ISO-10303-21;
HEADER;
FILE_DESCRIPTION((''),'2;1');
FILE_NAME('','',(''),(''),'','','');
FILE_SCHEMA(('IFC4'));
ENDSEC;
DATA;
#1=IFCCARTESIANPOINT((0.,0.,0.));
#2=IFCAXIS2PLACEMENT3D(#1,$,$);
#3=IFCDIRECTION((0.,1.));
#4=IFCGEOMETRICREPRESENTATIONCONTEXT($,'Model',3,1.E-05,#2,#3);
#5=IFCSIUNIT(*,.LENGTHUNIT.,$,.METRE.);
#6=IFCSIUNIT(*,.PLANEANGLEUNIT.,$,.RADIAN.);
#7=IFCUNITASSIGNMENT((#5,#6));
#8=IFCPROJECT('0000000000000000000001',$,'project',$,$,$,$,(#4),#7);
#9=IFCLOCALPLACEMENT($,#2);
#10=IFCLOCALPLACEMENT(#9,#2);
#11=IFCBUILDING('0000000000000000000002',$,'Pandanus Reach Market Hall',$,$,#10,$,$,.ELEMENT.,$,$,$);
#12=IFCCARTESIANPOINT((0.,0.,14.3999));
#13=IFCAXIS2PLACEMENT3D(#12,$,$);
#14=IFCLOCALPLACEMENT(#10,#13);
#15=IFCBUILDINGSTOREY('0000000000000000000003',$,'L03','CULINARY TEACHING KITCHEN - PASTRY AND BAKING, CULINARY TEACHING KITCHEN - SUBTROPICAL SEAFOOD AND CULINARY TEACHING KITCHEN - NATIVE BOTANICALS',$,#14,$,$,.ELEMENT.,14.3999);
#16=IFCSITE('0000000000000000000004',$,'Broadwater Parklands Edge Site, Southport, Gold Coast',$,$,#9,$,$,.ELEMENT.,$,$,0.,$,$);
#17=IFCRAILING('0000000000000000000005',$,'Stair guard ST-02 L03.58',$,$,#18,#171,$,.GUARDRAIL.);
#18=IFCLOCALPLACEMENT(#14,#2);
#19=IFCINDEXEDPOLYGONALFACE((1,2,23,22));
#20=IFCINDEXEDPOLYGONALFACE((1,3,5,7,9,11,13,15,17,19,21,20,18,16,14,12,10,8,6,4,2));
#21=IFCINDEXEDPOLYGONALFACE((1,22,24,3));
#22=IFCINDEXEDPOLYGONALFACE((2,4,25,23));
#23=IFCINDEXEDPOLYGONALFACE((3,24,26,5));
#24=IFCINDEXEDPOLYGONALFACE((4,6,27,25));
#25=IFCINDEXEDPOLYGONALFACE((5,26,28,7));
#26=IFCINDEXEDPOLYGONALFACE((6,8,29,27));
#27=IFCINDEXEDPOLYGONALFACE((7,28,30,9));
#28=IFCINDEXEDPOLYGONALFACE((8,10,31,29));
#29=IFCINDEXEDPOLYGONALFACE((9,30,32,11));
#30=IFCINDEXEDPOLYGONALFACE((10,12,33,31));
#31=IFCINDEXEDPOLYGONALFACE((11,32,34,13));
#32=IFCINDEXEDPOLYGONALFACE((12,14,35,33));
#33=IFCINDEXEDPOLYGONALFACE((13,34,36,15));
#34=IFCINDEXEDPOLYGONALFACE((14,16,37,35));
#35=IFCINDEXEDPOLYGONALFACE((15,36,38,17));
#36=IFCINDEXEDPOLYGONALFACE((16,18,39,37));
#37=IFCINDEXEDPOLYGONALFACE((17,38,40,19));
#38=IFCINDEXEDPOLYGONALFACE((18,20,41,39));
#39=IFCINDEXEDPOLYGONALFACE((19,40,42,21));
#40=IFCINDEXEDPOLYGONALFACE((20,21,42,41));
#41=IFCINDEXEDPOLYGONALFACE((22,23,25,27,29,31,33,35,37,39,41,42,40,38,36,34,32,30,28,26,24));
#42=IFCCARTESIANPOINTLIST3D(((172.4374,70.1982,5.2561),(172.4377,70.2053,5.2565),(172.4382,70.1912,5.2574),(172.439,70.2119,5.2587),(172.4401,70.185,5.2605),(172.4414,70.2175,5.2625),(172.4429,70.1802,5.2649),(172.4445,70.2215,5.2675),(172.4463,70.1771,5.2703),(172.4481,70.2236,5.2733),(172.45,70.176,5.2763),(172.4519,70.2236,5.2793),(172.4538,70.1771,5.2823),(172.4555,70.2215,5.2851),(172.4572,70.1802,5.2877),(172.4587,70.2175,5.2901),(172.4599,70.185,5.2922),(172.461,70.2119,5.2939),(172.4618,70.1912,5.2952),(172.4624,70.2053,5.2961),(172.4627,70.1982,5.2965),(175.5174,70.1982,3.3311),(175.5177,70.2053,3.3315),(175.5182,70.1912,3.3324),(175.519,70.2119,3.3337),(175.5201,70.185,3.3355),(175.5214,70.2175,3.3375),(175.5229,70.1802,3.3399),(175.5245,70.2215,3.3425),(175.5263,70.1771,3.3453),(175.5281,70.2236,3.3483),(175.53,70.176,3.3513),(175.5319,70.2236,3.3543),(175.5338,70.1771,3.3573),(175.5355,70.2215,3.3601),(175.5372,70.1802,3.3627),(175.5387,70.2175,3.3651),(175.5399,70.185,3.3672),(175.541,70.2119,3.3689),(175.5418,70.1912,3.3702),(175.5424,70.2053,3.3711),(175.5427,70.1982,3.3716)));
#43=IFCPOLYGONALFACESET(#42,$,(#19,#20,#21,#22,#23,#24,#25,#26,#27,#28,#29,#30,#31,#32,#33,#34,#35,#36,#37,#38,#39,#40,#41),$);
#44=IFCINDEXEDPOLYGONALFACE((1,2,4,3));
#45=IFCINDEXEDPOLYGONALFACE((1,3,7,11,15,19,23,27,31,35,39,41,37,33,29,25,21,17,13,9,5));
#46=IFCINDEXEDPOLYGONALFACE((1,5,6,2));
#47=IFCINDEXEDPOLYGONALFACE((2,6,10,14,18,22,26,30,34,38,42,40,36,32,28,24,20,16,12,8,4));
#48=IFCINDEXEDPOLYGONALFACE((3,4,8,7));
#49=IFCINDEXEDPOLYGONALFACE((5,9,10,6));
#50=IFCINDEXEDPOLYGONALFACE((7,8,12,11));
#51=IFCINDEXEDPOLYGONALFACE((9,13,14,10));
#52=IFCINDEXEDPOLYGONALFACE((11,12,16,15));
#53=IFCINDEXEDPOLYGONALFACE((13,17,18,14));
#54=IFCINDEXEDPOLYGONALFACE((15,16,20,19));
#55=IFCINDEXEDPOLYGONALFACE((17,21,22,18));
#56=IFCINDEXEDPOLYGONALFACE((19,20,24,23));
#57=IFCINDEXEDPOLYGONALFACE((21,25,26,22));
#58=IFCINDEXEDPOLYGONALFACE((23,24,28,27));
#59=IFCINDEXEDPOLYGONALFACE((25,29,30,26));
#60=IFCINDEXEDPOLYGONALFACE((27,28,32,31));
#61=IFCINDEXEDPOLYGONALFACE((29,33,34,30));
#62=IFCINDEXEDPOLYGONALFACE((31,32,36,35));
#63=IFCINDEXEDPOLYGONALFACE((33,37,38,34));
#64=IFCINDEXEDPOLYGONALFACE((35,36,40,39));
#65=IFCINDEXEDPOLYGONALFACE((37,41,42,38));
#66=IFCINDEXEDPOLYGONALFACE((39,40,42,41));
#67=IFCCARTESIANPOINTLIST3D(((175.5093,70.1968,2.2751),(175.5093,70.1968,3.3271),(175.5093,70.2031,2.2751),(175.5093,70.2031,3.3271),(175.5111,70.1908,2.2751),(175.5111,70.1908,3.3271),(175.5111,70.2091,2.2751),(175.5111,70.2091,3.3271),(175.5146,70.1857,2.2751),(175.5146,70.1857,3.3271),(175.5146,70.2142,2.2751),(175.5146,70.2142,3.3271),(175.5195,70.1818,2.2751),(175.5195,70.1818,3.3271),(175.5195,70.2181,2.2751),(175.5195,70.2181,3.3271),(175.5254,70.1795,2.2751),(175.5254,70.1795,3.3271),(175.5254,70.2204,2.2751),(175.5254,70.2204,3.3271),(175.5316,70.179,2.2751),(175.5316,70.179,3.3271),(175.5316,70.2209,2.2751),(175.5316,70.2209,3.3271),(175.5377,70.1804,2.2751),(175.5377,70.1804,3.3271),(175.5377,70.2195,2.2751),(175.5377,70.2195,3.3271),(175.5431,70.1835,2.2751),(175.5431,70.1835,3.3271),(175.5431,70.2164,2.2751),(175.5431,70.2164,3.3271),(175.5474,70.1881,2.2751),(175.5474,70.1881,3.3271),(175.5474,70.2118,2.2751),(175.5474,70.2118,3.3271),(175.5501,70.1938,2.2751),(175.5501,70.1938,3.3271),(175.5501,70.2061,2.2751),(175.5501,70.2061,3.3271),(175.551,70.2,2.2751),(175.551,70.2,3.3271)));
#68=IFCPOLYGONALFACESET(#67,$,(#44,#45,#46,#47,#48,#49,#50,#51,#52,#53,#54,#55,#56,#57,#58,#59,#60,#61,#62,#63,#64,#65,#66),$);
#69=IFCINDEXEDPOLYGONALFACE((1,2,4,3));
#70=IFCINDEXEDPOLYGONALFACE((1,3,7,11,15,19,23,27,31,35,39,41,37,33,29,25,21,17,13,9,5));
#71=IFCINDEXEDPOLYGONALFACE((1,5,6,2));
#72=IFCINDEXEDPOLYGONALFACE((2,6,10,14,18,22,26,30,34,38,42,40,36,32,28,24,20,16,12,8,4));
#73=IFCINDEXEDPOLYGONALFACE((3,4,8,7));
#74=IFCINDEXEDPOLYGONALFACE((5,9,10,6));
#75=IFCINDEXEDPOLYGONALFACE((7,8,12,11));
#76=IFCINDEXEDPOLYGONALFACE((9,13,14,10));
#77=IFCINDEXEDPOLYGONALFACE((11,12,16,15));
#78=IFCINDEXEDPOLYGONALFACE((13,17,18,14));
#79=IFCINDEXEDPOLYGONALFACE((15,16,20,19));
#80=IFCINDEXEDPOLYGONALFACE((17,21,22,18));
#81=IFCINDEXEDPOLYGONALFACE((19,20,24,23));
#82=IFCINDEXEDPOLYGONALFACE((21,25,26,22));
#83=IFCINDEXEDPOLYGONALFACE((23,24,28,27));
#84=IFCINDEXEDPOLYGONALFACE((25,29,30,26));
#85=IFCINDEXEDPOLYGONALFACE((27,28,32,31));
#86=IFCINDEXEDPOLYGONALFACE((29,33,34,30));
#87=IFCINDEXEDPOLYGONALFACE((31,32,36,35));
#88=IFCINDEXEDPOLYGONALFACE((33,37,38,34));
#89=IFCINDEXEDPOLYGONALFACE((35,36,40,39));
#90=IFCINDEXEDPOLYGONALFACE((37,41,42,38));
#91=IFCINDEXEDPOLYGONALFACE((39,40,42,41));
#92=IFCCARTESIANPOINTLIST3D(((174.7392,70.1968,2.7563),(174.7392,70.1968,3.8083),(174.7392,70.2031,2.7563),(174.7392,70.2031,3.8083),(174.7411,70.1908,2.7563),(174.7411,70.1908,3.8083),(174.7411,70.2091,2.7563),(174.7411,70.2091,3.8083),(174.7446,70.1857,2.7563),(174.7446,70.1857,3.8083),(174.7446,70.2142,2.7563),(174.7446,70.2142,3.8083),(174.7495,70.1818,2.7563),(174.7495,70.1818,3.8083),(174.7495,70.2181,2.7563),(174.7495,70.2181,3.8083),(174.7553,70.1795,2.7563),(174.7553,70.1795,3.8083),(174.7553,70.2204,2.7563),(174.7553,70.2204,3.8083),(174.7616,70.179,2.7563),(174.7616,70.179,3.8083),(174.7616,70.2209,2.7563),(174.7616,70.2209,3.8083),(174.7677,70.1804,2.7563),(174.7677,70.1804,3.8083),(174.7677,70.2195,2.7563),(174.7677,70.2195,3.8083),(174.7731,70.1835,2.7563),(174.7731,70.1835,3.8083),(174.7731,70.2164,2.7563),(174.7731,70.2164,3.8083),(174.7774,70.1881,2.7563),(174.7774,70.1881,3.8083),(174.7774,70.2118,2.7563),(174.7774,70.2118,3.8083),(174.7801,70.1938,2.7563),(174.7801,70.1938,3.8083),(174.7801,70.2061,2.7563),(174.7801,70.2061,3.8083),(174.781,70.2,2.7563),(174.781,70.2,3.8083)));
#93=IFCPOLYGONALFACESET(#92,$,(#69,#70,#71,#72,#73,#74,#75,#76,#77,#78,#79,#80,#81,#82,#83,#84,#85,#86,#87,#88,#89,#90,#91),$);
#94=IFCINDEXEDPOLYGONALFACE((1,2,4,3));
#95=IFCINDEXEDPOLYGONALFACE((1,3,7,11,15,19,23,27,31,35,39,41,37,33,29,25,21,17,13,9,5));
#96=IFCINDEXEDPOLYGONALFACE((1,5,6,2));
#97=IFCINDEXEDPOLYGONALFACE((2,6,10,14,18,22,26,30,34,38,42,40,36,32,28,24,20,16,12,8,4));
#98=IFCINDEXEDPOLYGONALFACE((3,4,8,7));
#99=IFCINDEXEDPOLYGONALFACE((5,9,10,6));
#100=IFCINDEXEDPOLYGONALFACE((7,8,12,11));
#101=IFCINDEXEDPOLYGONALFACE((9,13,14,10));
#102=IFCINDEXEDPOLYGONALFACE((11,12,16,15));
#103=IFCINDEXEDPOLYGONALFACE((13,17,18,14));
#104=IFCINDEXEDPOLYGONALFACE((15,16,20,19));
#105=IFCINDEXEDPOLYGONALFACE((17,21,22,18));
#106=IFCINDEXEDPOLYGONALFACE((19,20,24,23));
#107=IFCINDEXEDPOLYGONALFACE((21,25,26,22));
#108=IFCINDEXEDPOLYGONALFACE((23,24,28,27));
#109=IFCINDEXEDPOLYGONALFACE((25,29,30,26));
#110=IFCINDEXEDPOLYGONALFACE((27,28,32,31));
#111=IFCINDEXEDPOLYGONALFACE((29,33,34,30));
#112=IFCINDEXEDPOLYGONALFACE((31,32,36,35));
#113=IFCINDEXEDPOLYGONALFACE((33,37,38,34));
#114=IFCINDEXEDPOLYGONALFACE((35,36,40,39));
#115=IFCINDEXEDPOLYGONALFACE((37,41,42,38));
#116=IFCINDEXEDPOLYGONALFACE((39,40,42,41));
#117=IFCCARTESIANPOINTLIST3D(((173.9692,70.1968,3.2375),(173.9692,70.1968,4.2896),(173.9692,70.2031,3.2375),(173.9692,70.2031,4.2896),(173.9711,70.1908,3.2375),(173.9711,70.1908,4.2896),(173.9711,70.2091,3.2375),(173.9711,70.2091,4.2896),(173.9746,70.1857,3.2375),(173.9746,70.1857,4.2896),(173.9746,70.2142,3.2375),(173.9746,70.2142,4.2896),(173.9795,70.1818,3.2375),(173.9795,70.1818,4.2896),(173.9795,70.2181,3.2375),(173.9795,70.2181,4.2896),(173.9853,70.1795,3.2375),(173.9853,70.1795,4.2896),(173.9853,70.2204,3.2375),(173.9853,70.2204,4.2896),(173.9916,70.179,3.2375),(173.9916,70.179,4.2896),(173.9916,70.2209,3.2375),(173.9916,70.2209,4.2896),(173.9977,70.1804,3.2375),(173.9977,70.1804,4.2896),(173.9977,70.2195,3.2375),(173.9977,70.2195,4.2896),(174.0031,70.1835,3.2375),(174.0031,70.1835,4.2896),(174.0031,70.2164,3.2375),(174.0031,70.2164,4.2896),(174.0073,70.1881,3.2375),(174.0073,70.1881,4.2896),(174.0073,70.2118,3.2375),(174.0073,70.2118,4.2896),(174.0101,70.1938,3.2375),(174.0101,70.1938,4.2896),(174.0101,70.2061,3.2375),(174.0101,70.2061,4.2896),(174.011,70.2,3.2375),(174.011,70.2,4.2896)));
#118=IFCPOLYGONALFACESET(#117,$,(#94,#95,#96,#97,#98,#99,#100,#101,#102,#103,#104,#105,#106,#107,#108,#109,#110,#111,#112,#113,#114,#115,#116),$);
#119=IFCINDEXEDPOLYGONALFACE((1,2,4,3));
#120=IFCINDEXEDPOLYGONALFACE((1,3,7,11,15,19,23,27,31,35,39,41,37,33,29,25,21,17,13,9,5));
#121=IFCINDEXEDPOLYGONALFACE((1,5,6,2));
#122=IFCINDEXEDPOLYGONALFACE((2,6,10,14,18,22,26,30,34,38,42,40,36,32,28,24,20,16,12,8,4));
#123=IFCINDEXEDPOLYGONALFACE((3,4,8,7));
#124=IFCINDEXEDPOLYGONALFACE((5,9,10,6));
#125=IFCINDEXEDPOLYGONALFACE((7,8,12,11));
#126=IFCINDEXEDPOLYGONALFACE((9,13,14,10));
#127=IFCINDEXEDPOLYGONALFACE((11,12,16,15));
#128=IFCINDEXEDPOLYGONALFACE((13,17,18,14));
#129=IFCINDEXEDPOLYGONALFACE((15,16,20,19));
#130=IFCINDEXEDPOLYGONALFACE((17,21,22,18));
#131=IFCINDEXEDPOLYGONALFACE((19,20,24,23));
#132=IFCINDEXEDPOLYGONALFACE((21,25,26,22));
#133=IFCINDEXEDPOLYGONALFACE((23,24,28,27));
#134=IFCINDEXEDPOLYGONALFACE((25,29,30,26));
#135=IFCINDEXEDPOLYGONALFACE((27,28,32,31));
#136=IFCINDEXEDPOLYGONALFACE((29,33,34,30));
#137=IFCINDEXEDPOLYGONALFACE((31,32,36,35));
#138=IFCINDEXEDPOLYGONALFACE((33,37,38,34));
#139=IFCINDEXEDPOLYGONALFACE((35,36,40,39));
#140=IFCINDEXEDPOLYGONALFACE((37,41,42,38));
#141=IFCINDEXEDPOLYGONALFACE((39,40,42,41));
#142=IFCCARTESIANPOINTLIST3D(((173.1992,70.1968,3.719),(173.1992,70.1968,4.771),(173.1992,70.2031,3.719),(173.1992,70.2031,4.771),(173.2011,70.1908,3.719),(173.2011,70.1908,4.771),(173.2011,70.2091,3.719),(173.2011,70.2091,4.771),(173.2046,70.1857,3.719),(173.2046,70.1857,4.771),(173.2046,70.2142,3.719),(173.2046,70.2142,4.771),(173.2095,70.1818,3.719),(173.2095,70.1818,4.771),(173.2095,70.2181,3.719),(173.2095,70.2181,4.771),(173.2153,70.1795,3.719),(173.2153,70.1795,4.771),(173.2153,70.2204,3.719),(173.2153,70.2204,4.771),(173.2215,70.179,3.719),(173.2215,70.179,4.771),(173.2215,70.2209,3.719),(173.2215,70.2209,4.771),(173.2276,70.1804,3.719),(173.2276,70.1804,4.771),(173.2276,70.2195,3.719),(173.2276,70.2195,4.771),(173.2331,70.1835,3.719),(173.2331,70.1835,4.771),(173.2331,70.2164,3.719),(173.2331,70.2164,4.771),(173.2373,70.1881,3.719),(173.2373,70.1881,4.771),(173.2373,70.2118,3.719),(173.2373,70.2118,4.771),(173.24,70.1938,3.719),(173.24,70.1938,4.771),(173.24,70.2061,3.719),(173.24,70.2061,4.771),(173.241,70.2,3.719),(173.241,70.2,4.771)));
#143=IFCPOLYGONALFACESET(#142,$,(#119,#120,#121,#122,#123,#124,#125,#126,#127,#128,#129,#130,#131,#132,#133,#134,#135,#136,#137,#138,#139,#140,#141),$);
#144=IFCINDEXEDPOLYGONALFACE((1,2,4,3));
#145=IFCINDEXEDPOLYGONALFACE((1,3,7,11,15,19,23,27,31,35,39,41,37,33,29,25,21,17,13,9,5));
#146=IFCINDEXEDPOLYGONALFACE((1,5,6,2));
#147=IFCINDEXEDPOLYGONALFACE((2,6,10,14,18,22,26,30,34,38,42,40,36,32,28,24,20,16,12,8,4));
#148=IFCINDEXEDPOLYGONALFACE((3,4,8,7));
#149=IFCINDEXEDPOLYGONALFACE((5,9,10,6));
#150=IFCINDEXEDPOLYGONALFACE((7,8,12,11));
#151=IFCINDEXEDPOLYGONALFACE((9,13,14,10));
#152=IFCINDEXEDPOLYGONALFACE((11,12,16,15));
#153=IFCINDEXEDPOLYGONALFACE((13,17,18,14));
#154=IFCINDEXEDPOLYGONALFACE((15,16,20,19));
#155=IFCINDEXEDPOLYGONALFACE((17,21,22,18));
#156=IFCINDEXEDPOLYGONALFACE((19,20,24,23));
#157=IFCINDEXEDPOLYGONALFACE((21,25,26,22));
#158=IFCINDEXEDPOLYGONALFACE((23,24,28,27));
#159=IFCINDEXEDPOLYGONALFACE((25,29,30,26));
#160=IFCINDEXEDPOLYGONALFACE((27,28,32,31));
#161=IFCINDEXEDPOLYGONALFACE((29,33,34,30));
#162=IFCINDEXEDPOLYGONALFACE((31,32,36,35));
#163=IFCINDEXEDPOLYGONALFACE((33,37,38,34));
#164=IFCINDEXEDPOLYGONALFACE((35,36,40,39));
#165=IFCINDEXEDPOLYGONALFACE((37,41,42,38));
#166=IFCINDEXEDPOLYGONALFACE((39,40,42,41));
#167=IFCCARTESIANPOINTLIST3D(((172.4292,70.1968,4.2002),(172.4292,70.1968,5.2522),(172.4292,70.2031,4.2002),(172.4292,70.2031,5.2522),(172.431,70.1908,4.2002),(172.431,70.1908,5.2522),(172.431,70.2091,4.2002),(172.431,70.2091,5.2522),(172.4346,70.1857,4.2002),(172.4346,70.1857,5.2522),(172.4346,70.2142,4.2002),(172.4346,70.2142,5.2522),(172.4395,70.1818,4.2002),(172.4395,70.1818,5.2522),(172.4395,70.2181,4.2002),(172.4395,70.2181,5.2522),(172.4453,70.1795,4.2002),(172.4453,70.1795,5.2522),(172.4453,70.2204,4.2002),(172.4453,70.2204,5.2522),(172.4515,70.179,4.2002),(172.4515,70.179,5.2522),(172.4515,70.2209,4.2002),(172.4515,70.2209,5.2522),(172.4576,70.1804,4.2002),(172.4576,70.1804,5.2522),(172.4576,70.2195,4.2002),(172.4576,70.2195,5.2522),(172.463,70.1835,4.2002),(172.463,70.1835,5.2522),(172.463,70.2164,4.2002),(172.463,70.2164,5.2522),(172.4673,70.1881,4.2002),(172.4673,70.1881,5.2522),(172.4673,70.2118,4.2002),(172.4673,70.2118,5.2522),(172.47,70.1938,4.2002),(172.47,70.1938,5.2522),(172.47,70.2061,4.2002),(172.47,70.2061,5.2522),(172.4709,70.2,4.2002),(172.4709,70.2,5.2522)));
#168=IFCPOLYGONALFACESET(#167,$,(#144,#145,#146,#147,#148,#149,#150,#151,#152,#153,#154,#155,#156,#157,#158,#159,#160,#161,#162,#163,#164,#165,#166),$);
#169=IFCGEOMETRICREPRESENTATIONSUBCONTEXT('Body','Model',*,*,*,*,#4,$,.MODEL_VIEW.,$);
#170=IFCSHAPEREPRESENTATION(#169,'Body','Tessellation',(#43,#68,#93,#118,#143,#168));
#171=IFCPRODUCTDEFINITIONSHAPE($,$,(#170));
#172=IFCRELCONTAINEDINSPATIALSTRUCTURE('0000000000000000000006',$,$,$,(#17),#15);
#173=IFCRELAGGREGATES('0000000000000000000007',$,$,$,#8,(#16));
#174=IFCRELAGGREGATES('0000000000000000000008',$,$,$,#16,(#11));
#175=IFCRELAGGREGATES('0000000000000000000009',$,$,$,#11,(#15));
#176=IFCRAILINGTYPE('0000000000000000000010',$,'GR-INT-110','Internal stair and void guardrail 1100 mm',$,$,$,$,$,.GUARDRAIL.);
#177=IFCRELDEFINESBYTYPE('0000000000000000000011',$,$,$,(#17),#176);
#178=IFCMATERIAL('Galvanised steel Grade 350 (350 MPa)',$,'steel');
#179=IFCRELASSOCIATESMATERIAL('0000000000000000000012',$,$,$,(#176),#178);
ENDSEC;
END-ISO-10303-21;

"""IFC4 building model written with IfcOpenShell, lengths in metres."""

from ifc_helpers import new_model, si_unit, direction, frame, origin, origin_2d, place, context, subcontext, project, spatial, circle, extrude, material, type_object, element, save


model = new_model("IFC4")

# Units and contexts
model_context = context("Model", 3, precision=1e-05, world=origin(), true_north=direction((0.0, 1.0)))
body_context = subcontext(model_context, "Body", "Model", "MODEL_VIEW")
ifc_project = project(units=[si_unit("LENGTHUNIT", "METRE"), si_unit("PLANEANGLEUNIT", "RADIAN")], contexts=[model_context])

# Site, building, storey
site_placement = place(None, origin())
site = spatial("IfcSite", under=ifc_project, at=site_placement, Name="Broadwater Parklands Edge Site, Southport, Gold Coast", CompositionType="ELEMENT", RefElevation=0.0)
building_placement = place(site_placement, origin())
building = spatial("IfcBuilding", under=site, at=building_placement, Name="Pandanus Reach Market Hall", CompositionType="ELEMENT")
storey_placement = place(building_placement, frame((0.0, 0.0, 14.3999)))
storey = spatial("IfcBuildingStorey", under=building, at=storey_placement, Name="L03", Description="CULINARY TEACHING KITCHEN - PASTRY AND BAKING, CULINARY TEACHING KITCHEN - SUBTROPICAL SEAFOOD AND CULINARY TEACHING KITCHEN - NATIVE BOTANICALS", CompositionType="ELEMENT", Elevation=14.3999)

# Railing
ifc_material_1 = material(Name="Galvanised steel Grade 350 (350 MPa)", Category="steel")
railing_type_1 = type_object("IfcRailingType", Name="GR-INT-110", Description="Internal stair and void guardrail 1100 mm", PredefinedType="GUARDRAIL", material=ifc_material_1)
railing_1_placement = place(storey_placement, frame((175.53, 70.2, 2.2751)))
element("IfcRailing", 1, at=railing_1_placement, inside=storey, type_object=railing_type_1, Name="Stair guard ST-02 L03.58", PredefinedType="GUARDRAIL", context=body_context, shape_type="SweptSolid", body=[
    extrude(circle(Radius=0.0239, at=origin_2d()), frame((0.0, 0.0, 1.0762), z_axis=(-0.847998, 0.0, 0.529999), x_axis=(0.0, -1.0, 0.0)), (0.0, 0.0, 1.0), 3.6321),
    extrude(circle(Radius=0.021, at=origin_2d()), origin(), (0.0, 0.0, 1.0), 1.052),
    extrude(circle(Radius=0.021, at=origin_2d()), frame((-0.77, 0.0, 0.4812)), (0.0, 0.0, 1.0), 1.052),
    extrude(circle(Radius=0.021, at=origin_2d()), frame((-1.54, 0.0, 0.9624)), (0.0, 0.0, 1.0), 1.052),
    extrude(circle(Radius=0.021, at=origin_2d()), frame((-2.3101, 0.0, 1.4438)), (0.0, 0.0, 1.0), 1.052),
    extrude(circle(Radius=0.021, at=origin_2d()), frame((-3.0801, 0.0, 1.925)), (0.0, 0.0, 1.0), 1.052),
])

save(model, "model.ifc")
